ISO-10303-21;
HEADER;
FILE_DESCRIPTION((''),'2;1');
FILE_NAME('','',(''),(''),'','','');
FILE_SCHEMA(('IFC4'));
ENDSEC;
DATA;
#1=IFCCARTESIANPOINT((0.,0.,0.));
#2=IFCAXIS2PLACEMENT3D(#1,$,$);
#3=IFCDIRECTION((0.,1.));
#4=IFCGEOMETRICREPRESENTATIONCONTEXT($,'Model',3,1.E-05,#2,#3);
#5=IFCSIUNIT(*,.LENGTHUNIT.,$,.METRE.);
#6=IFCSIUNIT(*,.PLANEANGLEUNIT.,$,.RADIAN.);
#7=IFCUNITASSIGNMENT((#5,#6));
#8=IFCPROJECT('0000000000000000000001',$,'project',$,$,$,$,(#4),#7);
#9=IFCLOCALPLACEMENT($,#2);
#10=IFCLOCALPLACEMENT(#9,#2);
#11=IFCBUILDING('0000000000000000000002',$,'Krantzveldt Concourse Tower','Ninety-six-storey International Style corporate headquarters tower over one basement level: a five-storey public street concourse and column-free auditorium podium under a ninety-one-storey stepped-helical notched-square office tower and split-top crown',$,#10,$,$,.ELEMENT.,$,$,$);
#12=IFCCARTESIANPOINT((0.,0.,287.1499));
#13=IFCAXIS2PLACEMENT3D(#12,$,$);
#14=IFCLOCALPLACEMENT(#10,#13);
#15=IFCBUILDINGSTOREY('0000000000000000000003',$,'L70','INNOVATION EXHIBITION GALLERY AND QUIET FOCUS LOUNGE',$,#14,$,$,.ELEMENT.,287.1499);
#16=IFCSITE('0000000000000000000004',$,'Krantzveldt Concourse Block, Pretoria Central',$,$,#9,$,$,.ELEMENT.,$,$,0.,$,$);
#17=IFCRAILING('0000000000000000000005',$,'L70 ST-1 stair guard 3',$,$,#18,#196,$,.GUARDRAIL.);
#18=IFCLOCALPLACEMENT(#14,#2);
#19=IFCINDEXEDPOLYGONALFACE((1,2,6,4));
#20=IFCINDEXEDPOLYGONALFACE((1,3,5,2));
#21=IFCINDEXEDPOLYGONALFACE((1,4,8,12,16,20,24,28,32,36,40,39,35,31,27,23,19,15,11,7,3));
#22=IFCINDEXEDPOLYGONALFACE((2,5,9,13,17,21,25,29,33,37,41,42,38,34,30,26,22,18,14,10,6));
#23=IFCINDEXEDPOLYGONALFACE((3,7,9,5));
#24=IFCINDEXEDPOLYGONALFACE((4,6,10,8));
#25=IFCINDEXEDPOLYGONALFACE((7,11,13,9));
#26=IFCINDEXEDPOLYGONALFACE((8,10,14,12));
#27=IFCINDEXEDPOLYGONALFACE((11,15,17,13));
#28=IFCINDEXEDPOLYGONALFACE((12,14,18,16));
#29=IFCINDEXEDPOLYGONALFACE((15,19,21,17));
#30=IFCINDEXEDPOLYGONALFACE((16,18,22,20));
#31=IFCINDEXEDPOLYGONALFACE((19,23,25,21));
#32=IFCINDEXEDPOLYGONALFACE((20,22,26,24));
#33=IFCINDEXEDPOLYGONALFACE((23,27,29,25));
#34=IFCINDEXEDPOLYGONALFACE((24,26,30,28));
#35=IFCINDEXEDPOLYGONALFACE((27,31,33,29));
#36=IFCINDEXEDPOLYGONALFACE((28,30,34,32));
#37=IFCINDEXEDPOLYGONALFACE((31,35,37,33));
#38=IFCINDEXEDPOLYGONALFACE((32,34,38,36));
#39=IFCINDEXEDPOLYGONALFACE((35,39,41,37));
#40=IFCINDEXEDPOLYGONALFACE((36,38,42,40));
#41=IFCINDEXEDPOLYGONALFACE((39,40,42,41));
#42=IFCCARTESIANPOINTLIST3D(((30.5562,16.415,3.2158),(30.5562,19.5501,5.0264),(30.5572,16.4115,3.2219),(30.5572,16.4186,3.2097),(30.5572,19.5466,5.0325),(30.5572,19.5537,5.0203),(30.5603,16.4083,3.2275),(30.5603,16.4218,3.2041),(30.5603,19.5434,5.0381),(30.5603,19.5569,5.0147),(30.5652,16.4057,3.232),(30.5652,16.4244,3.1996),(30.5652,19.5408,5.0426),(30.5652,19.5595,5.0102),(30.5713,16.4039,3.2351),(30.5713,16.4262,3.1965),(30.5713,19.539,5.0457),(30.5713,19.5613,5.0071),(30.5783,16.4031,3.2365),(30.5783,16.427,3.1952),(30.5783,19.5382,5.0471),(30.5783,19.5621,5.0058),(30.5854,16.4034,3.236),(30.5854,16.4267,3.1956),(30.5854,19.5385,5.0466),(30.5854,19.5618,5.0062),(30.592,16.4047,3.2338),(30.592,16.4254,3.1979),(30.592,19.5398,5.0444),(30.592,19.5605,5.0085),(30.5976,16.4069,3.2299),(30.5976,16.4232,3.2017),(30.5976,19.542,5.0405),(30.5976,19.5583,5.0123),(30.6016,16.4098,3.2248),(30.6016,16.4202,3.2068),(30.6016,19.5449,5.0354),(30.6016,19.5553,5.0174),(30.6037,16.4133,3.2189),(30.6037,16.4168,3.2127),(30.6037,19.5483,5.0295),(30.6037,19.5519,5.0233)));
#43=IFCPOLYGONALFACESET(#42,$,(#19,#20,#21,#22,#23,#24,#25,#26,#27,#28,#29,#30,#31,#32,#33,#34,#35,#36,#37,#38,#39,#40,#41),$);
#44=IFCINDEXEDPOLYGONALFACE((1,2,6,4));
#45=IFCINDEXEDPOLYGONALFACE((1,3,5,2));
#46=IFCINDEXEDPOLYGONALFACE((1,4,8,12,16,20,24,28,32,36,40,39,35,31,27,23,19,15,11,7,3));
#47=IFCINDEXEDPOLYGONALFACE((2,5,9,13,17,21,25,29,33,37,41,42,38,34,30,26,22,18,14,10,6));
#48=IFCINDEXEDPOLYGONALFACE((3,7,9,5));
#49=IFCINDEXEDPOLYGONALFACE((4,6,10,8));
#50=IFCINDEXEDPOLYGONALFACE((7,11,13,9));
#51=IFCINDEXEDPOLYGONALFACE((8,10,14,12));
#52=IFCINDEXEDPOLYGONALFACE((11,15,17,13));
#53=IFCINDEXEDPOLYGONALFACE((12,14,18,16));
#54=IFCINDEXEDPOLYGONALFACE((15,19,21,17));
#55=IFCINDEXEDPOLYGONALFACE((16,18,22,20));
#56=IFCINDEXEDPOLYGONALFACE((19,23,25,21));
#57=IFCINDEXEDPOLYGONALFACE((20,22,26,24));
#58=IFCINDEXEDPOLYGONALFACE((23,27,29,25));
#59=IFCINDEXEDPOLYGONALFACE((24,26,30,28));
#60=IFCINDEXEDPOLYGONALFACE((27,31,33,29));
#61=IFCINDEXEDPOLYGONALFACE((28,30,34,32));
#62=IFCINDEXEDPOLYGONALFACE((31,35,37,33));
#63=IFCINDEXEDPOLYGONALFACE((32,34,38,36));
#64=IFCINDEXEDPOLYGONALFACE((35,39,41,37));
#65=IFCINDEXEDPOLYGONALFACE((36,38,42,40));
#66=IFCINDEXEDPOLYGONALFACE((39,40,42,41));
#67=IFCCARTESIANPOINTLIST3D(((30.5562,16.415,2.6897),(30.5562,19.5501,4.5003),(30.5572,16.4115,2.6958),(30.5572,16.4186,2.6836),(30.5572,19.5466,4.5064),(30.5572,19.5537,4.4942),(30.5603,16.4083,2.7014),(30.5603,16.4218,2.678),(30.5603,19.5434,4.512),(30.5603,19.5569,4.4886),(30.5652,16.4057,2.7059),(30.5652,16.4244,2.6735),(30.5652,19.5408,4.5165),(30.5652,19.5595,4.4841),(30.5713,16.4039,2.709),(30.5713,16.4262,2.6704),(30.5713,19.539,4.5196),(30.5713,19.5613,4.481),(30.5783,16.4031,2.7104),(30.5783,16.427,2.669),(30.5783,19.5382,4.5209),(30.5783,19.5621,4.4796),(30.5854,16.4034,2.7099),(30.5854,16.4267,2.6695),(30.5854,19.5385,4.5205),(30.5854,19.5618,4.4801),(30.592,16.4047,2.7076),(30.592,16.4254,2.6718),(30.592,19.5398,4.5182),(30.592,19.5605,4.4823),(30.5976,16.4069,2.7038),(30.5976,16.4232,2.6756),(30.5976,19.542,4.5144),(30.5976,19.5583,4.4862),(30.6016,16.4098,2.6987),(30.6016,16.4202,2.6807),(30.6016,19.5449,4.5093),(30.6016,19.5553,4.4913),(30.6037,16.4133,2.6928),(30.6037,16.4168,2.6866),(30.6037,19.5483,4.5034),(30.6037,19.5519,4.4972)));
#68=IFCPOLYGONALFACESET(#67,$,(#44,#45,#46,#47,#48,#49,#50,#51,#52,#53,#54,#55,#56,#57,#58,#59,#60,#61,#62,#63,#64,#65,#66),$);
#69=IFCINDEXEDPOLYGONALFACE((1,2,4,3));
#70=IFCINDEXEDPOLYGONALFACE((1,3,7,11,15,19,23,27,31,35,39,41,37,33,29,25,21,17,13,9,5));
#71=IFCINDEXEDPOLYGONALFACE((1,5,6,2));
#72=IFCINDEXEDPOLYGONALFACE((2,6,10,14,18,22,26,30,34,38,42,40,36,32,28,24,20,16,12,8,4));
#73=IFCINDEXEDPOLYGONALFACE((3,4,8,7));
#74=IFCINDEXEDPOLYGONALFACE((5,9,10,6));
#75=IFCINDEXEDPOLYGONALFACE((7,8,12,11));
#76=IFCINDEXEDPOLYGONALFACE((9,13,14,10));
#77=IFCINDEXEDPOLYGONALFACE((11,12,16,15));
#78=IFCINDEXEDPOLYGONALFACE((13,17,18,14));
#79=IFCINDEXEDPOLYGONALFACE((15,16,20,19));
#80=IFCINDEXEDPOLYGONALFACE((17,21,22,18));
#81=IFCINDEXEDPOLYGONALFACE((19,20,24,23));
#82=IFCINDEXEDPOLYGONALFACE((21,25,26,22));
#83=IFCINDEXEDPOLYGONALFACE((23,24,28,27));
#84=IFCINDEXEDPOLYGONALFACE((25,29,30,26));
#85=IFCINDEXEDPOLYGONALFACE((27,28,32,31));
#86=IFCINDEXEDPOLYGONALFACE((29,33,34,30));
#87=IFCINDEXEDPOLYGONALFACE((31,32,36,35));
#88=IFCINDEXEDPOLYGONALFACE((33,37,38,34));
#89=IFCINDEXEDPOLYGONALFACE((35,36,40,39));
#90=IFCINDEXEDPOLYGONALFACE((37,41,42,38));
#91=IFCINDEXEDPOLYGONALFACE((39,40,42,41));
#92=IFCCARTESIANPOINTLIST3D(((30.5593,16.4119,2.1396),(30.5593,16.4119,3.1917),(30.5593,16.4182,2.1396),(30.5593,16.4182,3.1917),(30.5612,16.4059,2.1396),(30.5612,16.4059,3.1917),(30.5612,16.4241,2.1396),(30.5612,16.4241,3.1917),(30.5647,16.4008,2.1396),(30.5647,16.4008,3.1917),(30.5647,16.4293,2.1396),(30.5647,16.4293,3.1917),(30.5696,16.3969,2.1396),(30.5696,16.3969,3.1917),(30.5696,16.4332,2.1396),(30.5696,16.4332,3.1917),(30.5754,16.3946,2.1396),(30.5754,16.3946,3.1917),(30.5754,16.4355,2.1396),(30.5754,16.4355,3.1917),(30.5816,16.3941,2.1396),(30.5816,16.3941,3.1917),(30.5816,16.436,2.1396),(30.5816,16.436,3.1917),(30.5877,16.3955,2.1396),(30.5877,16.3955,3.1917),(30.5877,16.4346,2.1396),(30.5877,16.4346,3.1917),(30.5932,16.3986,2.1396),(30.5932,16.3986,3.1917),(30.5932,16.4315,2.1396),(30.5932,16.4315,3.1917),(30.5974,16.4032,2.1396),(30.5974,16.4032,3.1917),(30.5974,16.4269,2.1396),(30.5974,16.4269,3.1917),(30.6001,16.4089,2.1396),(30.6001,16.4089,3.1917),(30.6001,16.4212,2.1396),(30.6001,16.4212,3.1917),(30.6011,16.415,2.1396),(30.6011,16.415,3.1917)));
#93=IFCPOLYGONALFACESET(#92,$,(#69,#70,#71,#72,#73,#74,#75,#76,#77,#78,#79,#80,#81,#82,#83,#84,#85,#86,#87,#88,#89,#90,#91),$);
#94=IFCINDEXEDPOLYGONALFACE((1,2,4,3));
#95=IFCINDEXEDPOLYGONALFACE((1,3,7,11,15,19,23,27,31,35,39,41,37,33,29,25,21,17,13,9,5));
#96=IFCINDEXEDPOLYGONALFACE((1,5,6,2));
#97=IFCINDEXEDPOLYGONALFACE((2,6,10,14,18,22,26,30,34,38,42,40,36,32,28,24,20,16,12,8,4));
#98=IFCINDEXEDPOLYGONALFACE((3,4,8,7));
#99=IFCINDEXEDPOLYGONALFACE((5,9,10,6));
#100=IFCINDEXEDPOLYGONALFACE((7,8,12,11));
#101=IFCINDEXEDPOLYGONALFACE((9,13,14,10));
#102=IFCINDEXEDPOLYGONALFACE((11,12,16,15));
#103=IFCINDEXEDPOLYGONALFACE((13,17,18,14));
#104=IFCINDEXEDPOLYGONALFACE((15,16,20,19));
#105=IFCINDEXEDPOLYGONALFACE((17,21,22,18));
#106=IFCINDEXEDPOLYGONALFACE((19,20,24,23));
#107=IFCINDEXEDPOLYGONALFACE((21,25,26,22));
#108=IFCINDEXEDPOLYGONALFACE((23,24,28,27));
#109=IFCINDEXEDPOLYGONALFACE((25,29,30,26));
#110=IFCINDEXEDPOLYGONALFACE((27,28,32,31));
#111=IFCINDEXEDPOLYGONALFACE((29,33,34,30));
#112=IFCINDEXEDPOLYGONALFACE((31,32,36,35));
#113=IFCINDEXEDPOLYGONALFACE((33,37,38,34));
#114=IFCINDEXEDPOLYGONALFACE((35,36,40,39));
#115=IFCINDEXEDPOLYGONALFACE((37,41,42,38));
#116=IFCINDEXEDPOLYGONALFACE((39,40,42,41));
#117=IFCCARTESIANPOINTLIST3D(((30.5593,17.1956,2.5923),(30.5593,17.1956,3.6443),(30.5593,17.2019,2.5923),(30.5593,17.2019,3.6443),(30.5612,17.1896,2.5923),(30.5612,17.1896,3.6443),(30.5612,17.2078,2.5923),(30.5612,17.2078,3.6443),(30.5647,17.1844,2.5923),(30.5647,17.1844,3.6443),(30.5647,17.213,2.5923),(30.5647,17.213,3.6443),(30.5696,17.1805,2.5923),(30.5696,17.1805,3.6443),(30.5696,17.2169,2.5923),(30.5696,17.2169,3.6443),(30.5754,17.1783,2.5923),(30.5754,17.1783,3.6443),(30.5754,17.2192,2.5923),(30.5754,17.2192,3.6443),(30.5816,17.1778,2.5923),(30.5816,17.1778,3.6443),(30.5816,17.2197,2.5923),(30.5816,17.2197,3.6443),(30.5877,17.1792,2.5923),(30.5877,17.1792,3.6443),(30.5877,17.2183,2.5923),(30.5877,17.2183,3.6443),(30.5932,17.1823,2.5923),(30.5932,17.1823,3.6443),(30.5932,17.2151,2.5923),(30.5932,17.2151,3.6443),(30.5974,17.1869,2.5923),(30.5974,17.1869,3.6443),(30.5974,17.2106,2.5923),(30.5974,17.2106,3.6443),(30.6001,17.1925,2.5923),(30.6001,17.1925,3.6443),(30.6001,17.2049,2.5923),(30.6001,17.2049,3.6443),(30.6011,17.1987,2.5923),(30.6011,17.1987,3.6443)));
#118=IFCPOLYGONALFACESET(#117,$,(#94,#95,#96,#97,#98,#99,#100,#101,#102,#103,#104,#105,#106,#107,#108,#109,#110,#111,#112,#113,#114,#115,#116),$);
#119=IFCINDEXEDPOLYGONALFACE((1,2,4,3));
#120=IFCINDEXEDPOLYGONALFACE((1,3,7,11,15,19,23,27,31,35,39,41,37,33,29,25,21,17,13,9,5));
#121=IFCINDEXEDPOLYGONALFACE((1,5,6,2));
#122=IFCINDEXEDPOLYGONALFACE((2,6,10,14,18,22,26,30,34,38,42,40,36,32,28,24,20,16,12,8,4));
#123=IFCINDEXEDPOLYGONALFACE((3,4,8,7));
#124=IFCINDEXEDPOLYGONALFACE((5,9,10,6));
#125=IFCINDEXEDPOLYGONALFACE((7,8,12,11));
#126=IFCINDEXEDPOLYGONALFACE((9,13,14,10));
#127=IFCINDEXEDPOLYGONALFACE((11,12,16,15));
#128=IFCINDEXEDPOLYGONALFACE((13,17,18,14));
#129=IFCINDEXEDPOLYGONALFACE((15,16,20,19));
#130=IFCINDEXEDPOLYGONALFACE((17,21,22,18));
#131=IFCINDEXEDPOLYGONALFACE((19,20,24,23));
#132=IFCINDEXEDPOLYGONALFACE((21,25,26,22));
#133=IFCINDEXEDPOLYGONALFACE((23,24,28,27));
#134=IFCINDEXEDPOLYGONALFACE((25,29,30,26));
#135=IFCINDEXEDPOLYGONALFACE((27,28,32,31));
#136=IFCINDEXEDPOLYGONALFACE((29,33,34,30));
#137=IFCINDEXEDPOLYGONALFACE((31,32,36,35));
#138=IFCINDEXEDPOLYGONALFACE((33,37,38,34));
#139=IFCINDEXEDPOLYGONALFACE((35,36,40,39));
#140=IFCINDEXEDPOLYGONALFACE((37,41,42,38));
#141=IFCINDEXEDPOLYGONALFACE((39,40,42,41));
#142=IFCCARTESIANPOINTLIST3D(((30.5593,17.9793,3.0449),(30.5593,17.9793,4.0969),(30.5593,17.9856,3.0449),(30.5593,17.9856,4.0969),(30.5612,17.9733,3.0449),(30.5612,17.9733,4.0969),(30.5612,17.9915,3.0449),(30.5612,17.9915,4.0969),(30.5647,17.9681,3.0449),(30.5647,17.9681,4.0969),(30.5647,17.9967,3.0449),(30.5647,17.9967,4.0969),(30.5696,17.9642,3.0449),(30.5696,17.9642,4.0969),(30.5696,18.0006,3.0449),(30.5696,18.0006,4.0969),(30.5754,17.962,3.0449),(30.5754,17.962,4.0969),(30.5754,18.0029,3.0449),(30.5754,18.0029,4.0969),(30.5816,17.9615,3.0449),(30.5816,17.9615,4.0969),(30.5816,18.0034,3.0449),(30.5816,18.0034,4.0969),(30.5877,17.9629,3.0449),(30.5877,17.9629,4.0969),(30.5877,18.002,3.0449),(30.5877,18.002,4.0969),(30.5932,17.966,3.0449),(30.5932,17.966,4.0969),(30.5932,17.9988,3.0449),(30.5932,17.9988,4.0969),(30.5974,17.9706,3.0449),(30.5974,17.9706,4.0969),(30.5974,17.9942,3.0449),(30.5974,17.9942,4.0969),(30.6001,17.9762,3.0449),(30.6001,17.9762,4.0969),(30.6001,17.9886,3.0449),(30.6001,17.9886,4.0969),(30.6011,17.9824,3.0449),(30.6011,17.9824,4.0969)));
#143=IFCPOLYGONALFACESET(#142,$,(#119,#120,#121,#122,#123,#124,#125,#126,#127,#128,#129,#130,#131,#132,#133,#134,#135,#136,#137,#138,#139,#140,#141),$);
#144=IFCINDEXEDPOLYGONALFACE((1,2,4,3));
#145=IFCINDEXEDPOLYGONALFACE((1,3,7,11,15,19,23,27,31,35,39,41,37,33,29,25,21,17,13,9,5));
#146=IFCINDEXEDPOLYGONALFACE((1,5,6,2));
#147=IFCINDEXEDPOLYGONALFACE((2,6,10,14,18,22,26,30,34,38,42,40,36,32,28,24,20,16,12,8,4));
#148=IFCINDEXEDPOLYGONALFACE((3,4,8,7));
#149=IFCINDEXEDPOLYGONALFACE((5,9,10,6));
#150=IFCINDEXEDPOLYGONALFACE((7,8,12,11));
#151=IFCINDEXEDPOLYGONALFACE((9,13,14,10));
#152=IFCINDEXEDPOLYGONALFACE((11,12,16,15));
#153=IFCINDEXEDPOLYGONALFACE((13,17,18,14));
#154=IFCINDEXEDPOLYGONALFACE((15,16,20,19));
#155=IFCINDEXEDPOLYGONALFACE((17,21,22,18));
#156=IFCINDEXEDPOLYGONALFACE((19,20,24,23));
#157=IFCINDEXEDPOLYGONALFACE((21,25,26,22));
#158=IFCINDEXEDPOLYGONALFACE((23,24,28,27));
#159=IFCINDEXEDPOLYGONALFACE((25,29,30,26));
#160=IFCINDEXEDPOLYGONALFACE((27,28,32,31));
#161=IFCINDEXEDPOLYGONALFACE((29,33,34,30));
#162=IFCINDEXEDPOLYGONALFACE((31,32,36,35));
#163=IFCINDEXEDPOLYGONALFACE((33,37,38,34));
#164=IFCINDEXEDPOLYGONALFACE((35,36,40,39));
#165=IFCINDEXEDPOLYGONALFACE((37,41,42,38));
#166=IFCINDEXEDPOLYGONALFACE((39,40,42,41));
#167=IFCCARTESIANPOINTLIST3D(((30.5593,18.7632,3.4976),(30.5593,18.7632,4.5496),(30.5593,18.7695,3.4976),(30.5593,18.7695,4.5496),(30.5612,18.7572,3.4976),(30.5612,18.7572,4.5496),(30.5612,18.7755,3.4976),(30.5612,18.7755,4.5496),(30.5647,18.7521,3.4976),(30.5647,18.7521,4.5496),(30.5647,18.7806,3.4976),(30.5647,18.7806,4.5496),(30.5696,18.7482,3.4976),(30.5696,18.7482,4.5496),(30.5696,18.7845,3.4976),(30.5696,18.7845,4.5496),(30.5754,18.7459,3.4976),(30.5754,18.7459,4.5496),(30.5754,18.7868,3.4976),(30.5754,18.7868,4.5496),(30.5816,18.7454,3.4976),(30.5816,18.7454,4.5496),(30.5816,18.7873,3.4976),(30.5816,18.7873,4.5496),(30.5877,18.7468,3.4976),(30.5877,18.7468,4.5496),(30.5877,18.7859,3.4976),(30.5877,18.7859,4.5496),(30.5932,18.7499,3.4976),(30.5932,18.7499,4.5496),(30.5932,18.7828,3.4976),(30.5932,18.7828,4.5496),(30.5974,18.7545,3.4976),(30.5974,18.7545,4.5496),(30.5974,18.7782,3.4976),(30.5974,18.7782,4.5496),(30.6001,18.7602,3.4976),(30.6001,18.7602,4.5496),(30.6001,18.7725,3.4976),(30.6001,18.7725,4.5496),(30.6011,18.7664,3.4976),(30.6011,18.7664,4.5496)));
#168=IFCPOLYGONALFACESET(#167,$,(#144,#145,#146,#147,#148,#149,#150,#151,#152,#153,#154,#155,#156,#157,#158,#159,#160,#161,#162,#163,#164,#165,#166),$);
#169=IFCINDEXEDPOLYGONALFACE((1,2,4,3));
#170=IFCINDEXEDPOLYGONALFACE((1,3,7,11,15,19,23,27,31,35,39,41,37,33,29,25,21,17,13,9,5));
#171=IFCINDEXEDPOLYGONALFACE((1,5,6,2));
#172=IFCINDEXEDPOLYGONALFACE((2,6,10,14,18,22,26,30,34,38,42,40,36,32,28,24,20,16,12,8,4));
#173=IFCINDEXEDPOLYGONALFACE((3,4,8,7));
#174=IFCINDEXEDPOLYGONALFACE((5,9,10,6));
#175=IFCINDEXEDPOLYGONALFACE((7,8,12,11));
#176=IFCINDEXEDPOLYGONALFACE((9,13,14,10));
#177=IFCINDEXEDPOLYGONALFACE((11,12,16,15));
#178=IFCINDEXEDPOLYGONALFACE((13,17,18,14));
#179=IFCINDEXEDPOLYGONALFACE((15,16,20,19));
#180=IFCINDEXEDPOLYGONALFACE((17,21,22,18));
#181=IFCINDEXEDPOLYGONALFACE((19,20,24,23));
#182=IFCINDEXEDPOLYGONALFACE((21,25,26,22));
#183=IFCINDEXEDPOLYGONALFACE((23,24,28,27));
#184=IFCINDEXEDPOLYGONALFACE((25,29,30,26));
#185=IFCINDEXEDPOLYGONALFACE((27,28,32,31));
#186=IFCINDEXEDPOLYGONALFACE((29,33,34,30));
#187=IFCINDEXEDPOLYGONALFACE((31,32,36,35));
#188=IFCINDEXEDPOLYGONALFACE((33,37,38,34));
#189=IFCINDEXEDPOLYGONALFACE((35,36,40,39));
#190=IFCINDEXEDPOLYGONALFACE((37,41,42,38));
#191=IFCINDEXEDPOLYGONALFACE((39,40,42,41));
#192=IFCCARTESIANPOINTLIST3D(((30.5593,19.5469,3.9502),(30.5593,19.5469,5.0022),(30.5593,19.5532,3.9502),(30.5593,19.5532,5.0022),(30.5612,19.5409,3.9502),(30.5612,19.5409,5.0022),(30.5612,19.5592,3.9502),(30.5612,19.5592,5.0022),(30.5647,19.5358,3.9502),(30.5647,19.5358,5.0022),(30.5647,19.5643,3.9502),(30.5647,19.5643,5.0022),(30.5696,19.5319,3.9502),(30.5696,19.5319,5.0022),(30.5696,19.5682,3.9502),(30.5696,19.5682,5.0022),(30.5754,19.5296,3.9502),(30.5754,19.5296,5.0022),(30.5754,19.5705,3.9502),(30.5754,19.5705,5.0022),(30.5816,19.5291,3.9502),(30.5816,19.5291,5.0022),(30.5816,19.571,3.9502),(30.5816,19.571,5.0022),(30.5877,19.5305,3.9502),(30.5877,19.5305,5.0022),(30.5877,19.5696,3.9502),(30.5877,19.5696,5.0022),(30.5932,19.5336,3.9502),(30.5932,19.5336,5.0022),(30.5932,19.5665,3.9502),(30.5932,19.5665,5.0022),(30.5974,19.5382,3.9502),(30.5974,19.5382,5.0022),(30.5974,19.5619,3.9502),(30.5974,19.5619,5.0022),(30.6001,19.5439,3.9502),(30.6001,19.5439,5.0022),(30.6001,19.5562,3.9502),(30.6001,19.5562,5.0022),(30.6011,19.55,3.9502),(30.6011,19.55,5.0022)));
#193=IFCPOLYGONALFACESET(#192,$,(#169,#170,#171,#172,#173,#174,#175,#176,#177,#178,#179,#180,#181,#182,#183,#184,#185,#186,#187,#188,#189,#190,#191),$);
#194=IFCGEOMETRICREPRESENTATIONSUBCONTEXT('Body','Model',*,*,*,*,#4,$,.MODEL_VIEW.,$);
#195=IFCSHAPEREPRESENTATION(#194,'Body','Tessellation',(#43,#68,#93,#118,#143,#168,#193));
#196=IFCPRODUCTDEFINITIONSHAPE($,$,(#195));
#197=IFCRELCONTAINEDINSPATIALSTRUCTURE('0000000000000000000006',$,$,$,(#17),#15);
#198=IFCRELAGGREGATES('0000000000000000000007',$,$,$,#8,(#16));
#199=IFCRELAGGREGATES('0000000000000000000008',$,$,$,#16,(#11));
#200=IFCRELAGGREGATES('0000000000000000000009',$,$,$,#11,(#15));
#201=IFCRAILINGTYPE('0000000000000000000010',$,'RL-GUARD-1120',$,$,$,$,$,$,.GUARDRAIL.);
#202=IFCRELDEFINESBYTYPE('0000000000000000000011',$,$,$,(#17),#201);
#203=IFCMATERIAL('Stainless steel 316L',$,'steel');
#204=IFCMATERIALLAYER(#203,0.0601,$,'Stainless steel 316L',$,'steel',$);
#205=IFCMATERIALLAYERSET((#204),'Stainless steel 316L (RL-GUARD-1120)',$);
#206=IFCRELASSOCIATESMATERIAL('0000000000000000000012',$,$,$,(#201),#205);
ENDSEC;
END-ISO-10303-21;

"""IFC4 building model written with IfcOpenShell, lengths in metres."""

from ifc_helpers import new_model, si_unit, direction, frame, origin, origin_2d, place, context, subcontext, project, spatial, circle, extrude, material, layer, layer_set, type_object, element, save


model = new_model("IFC4")

# Units and contexts
model_context = context("Model", 3, precision=1e-05, world=origin(), true_north=direction((0.0, 1.0)))
body_context = subcontext(model_context, "Body", "Model", "MODEL_VIEW")
ifc_project = project(units=[si_unit("LENGTHUNIT", "METRE"), si_unit("PLANEANGLEUNIT", "RADIAN")], contexts=[model_context])

# Site, building, storey
site_placement = place(None, origin())
site = spatial("IfcSite", under=ifc_project, at=site_placement, Name="Krantzveldt Concourse Block, Pretoria Central", CompositionType="ELEMENT", RefElevation=0.0)
building_placement = place(site_placement, origin())
building = spatial("IfcBuilding", under=site, at=building_placement, Name="Krantzveldt Concourse Tower", Description="Ninety-six-storey International Style corporate headquarters tower over one basement level: a five-storey public street concourse and column-free auditorium podium under a ninety-one-storey stepped-helical notched-square office tower and split-top crown", CompositionType="ELEMENT")
storey_placement = place(building_placement, frame((0.0, 0.0, 287.1499)))
storey = spatial("IfcBuildingStorey", under=building, at=storey_placement, Name="L70", Description="INNOVATION EXHIBITION GALLERY AND QUIET FOCUS LOUNGE", CompositionType="ELEMENT", Elevation=287.1499)

# Railing
ifc_material_1 = material(Name="Stainless steel 316L", Category="steel")
ifc_layer_1 = layer(ifc_material_1, 0.0601, Name="Stainless steel 316L", Category="steel")
ifc_layer_set_1 = layer_set([ifc_layer_1], Name="Stainless steel 316L (RL-GUARD-1120)")
railing_type_1 = type_object("IfcRailingType", Name="RL-GUARD-1120", PredefinedType="GUARDRAIL", material=ifc_layer_set_1)
railing_1_placement = place(storey_placement, frame((30.5801, 16.415, 2.1396)))
element("IfcRailing", 1, at=railing_1_placement, inside=storey, type_object=railing_type_1, Name="L70 ST-1 stair guard 3", PredefinedType="GUARDRAIL", context=body_context, shape_type="SweptSolid", body=[
    extrude(circle(Radius=0.0239, at=origin_2d()), frame((0.0, 0.0, 1.0762), z_axis=(0.0, 0.86596, 0.500114), x_axis=(-1.0, 0.0, 0.0)), (0.0, 0.0, 1.0), 3.6204),
    extrude(circle(Radius=0.0239, at=origin_2d()), frame((0.0, 0.0, 0.55), z_axis=(0.0, 0.86596, 0.500114), x_axis=(-1.0, 0.0, 0.0)), (0.0, 0.0, 1.0), 3.6204),
    extrude(circle(Radius=0.021, at=origin_2d()), origin(), (0.0, 0.0, 1.0), 1.052),
    extrude(circle(Radius=0.021, at=origin_2d()), frame((0.0, 0.7837, 0.4526)), (0.0, 0.0, 1.0), 1.052),
    extrude(circle(Radius=0.021, at=origin_2d()), frame((0.0, 1.5674, 0.9053)), (0.0, 0.0, 1.0), 1.052),
    extrude(circle(Radius=0.021, at=origin_2d()), frame((0.0, 2.3513, 1.3579)), (0.0, 0.0, 1.0), 1.052),
    extrude(circle(Radius=0.021, at=origin_2d()), frame((0.0, 3.135, 1.8105)), (0.0, 0.0, 1.0), 1.052),
])

save(model, "model.ifc")
